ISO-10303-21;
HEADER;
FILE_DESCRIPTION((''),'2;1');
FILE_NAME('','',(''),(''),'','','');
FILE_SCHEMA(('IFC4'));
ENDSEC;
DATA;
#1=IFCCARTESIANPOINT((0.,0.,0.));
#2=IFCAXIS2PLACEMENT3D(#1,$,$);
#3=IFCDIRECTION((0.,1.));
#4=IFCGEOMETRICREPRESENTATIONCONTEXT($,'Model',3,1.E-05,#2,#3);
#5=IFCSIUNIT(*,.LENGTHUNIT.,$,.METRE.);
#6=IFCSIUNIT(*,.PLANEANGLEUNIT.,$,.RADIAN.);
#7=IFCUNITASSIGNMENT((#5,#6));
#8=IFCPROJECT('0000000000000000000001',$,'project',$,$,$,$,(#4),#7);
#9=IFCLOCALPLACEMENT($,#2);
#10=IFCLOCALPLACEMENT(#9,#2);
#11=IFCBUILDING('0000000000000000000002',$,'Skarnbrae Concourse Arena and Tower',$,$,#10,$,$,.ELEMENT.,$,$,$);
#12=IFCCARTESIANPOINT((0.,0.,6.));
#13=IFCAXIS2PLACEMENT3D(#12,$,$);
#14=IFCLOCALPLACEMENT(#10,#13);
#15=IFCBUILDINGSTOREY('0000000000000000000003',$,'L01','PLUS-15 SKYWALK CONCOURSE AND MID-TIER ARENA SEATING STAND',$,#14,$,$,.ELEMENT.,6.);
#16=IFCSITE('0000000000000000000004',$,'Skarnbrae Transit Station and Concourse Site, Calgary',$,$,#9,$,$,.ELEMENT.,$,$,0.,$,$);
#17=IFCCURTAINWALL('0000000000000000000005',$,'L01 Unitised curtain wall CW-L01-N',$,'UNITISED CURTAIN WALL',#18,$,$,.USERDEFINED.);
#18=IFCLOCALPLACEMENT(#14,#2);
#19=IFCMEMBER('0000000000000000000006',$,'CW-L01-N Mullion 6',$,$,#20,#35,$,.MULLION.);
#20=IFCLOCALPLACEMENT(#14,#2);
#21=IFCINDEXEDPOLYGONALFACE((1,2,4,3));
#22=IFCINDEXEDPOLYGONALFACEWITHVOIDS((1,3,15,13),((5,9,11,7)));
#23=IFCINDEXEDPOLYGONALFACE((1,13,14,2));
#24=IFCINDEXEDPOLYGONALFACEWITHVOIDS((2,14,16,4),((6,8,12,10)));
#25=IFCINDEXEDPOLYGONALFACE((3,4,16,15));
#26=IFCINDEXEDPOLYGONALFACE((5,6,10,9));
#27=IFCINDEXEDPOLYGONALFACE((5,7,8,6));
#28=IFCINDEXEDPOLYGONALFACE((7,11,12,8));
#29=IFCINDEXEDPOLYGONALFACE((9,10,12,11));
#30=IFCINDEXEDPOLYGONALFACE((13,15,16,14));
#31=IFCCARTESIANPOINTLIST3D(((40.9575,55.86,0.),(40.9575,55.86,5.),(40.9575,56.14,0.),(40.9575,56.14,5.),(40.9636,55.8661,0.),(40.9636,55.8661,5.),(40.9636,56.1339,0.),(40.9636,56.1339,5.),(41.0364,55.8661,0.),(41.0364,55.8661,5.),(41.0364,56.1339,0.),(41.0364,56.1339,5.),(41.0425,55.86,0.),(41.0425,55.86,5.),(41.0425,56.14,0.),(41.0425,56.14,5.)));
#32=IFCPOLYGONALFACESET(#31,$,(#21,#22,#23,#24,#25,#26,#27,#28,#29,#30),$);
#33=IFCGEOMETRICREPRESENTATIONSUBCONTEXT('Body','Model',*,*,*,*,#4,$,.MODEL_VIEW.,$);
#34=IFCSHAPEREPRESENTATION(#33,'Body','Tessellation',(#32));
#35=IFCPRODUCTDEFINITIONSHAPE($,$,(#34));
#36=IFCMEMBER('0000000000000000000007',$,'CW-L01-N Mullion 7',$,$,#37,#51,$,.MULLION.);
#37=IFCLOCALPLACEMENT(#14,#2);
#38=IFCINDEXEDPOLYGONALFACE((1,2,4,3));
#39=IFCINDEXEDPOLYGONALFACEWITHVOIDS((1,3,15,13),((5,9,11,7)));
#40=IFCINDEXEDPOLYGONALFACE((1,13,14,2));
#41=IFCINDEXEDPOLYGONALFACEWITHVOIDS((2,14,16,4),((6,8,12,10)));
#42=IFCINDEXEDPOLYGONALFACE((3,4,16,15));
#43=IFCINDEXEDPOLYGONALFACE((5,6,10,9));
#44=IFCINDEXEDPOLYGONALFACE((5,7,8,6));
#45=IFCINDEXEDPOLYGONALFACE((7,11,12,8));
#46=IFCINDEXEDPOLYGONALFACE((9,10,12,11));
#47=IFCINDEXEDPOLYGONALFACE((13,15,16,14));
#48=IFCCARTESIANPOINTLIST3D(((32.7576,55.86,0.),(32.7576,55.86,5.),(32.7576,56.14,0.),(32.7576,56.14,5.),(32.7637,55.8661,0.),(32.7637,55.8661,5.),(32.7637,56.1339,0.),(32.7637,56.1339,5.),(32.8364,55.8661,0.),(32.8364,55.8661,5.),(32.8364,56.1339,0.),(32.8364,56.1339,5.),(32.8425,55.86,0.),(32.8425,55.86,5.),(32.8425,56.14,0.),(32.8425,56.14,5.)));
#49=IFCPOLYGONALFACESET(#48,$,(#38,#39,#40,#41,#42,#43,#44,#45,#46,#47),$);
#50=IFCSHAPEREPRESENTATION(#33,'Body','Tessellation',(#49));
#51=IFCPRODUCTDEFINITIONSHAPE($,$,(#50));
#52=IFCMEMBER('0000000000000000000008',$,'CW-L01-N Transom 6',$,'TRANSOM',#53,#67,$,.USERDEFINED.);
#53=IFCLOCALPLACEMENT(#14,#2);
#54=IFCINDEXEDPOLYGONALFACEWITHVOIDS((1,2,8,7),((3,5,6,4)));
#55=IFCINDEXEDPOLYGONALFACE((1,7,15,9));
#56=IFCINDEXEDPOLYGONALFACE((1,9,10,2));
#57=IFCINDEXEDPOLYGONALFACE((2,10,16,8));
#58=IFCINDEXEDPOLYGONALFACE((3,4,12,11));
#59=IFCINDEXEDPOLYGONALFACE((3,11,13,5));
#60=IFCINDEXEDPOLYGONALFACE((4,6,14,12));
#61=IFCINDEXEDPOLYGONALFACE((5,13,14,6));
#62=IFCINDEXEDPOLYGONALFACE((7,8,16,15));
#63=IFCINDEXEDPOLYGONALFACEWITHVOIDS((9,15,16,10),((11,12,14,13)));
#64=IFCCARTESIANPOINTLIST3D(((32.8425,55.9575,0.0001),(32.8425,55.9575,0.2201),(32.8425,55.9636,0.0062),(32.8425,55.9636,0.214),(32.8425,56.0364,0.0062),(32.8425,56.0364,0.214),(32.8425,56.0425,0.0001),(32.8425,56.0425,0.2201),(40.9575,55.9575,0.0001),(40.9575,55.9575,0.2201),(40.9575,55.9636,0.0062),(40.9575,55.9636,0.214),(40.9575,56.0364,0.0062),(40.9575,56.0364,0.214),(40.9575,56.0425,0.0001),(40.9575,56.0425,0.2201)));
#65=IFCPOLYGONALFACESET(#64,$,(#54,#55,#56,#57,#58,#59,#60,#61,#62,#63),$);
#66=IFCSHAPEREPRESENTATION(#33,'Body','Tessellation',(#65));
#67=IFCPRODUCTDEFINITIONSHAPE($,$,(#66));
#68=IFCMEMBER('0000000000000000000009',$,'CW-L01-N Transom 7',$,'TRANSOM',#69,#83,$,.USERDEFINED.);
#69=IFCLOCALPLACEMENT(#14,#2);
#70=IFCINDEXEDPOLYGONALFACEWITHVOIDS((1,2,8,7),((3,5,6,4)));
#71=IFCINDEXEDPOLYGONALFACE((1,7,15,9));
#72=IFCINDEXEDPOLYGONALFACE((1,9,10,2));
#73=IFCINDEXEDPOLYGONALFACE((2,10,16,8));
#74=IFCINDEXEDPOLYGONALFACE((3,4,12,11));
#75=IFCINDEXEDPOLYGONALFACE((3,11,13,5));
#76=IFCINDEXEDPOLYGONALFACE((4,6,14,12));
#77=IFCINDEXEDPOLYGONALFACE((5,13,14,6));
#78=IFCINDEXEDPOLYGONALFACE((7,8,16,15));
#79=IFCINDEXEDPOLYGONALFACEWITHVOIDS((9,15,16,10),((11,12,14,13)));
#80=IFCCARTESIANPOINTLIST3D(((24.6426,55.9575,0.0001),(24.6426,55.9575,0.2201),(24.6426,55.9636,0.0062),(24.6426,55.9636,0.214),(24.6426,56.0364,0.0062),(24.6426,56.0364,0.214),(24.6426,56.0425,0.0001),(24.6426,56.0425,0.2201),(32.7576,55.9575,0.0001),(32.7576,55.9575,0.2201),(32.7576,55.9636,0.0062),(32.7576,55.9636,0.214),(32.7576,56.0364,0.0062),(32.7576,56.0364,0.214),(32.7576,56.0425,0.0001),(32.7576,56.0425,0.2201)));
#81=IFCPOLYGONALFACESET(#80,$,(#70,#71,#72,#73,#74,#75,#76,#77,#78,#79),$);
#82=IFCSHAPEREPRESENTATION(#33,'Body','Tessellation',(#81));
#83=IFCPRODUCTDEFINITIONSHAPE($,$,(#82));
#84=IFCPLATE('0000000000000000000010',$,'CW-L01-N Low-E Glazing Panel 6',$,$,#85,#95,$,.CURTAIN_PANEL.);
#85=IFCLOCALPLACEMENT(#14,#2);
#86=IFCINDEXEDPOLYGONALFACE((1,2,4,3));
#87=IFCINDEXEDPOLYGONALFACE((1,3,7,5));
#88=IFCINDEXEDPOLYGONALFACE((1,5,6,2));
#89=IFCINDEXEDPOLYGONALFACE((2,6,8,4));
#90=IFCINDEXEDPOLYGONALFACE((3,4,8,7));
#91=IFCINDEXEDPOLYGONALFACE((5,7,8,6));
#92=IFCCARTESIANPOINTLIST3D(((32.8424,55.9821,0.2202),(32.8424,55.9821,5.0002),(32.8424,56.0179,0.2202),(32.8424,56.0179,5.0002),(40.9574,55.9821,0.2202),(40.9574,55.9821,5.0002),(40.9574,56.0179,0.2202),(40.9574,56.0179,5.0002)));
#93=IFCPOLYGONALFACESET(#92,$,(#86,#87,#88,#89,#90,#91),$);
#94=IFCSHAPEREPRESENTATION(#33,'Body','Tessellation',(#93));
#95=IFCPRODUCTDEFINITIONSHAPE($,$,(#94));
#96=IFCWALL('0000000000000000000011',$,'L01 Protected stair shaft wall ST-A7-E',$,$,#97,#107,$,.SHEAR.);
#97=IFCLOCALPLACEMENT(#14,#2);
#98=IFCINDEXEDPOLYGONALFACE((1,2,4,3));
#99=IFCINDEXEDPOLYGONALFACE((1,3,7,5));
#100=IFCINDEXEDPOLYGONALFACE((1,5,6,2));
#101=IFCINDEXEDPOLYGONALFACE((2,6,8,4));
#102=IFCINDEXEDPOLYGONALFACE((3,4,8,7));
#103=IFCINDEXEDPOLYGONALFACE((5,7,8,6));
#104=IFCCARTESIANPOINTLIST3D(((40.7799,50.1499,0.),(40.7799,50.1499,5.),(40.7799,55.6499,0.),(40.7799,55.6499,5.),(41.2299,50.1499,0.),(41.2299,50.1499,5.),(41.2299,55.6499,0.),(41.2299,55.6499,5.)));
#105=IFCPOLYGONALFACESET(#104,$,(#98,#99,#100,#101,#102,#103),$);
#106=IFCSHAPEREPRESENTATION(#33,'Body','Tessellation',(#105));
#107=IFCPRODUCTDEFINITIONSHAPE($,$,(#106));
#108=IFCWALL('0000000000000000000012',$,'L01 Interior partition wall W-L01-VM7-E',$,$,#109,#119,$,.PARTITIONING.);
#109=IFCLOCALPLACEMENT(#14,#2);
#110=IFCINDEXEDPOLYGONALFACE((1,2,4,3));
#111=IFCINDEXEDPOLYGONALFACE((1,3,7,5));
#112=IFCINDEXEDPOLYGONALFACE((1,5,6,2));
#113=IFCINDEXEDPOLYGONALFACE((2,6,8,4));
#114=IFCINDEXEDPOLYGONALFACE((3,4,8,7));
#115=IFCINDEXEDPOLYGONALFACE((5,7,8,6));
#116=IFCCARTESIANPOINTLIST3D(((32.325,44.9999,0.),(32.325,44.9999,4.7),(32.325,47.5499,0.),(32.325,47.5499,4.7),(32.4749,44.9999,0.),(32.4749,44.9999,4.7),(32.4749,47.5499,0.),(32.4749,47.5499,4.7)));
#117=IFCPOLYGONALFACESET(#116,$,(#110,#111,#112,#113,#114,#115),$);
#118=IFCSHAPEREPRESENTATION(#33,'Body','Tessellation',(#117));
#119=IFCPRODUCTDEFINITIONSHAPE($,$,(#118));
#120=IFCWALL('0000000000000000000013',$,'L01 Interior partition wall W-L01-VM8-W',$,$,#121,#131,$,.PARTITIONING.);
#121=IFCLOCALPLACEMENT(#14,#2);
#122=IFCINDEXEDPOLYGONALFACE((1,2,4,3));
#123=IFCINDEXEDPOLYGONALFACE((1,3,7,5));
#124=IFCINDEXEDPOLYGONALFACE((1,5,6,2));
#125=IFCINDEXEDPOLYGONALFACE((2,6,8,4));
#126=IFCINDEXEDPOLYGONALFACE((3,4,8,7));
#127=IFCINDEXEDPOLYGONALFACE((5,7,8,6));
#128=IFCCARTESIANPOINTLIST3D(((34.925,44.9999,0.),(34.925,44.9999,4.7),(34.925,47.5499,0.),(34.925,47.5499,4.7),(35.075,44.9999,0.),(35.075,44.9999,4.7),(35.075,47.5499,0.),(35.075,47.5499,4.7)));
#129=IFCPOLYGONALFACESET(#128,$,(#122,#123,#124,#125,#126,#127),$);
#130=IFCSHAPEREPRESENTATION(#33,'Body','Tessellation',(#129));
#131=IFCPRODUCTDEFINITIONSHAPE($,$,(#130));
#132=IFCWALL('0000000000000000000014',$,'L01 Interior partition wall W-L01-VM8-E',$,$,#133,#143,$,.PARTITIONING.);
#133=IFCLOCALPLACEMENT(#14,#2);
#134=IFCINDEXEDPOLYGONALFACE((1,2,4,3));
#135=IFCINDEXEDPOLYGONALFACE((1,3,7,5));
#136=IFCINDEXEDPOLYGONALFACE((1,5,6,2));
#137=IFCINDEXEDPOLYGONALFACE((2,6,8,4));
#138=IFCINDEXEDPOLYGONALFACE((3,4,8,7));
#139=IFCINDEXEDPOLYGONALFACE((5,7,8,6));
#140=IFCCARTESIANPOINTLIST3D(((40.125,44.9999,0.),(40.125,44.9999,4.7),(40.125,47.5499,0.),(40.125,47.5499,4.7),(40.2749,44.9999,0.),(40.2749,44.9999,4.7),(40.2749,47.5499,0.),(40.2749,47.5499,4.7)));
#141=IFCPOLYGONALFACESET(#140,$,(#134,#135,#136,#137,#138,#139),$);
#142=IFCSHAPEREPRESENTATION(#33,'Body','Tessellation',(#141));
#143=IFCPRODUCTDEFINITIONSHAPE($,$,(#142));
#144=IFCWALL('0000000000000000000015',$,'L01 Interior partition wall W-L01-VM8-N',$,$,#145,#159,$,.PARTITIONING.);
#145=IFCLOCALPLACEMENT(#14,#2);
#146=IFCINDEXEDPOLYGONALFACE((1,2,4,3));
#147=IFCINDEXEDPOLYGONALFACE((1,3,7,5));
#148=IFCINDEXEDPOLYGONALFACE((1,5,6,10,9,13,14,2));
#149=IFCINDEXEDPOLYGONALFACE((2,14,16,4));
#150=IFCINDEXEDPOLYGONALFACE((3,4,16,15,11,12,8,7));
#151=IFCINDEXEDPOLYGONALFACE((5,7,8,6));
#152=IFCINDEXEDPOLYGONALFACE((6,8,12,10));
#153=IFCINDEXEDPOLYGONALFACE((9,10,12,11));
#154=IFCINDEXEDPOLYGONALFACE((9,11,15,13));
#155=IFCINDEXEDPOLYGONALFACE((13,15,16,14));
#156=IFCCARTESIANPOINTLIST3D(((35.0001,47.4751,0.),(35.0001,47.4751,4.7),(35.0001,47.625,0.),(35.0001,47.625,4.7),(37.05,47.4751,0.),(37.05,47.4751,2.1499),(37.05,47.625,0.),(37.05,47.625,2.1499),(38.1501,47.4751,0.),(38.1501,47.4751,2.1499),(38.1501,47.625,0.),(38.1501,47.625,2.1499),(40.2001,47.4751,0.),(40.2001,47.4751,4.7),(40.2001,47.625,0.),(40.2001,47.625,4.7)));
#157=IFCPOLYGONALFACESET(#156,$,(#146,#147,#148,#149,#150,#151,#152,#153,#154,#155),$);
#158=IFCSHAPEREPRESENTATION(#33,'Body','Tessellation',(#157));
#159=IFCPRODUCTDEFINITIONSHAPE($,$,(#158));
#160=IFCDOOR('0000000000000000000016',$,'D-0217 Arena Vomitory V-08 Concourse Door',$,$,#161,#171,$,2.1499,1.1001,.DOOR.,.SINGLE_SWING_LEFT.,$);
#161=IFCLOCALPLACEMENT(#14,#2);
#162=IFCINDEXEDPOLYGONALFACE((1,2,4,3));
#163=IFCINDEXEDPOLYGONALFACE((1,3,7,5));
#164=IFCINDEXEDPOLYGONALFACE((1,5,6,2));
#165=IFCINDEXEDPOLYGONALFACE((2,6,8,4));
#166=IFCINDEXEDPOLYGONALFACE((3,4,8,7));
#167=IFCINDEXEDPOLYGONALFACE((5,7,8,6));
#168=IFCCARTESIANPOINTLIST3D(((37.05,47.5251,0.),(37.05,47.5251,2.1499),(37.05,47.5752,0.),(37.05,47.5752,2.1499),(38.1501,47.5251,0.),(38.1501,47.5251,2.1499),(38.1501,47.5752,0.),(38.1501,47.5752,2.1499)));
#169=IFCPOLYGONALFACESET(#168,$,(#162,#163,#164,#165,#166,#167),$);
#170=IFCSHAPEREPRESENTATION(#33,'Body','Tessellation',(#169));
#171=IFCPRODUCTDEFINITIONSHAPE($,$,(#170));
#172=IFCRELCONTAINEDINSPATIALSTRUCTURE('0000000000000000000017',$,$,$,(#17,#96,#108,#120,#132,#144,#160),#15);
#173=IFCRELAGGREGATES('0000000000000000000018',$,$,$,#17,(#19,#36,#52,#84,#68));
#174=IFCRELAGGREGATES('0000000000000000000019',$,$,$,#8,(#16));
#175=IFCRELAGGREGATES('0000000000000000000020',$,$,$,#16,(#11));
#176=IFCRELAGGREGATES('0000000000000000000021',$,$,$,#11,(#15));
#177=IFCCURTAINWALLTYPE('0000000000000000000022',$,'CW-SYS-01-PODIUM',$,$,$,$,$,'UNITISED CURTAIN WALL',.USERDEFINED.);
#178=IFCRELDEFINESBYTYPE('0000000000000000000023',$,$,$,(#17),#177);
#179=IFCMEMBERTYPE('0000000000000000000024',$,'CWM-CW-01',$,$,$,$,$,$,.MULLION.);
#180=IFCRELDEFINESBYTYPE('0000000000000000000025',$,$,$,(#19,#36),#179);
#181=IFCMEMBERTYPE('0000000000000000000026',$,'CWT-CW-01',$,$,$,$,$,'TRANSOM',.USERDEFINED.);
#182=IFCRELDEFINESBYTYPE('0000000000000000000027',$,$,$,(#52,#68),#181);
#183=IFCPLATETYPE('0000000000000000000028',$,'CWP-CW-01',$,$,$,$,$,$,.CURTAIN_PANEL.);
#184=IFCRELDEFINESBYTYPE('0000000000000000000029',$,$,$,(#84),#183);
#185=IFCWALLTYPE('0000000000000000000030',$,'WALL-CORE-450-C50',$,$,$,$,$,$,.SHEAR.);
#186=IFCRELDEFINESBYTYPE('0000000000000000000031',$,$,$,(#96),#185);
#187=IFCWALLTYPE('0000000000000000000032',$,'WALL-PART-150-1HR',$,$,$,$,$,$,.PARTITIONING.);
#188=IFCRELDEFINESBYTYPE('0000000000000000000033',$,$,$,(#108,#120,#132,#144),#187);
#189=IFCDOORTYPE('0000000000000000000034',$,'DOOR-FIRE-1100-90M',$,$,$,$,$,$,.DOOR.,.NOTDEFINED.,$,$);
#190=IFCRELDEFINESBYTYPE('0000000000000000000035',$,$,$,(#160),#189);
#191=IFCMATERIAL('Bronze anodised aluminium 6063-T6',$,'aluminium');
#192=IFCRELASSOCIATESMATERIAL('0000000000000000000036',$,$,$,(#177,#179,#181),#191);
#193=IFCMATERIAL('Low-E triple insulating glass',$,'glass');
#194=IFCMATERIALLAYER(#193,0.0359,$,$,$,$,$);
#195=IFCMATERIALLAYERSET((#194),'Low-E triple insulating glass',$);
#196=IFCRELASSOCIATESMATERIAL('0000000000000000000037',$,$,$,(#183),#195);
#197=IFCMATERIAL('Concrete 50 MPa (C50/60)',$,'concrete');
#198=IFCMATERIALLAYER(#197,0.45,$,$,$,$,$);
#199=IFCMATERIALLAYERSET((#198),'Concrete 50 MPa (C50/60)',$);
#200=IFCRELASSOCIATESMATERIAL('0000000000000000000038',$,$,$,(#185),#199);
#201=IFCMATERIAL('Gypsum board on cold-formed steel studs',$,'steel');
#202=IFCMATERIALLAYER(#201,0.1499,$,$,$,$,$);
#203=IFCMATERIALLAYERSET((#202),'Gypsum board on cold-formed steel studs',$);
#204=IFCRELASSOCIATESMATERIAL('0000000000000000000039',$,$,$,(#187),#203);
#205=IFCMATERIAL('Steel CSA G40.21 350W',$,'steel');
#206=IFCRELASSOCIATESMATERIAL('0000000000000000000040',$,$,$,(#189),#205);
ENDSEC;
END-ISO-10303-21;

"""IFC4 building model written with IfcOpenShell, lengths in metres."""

from ifc_helpers import new_model, si_unit, direction, frame, frame_2d, origin, origin_2d, place, context, subcontext, project, spatial, rectangle, hollow_rectangle, extrude, source, transform, mapped, material, layer, layer_set, material_profile, profile_set, type_object, element, fill, aggregate, save


model = new_model("IFC4")

# Units and contexts
model_context = context("Model", 3, precision=1e-05, world=origin(), true_north=direction((0.0, 1.0)))
body_context = subcontext(model_context, "Body", "Model", "MODEL_VIEW")
ifc_project = project(units=[si_unit("LENGTHUNIT", "METRE"), si_unit("PLANEANGLEUNIT", "RADIAN")], contexts=[model_context])

# Site, building, storey
site_placement = place(None, origin())
site = spatial("IfcSite", under=ifc_project, at=site_placement, Name="Skarnbrae Transit Station and Concourse Site, Calgary", CompositionType="ELEMENT", RefElevation=0.0)
building_placement = place(site_placement, origin())
building = spatial("IfcBuilding", under=site, at=building_placement, Name="Skarnbrae Concourse Arena and Tower", CompositionType="ELEMENT")
storey_placement = place(building_placement, frame((0.0, 0.0, 6.0)))
storey = spatial("IfcBuildingStorey", under=building, at=storey_placement, Name="L01", Description="PLUS-15 SKYWALK CONCOURSE AND MID-TIER ARENA SEATING STAND", CompositionType="ELEMENT", Elevation=6.0)

# Shared definitions
ifc_material_1 = material(Name="Steel CSA G40.21 350W", Category="steel")

# Curtain wall, members, plate
ifc_material_2 = material(Name="Bronze anodised aluminium 6063-T6", Category="aluminium")
curtain_wall_type = type_object("IfcCurtainWallType", Name="CW-SYS-01-PODIUM", ElementType="UNITISED CURTAIN WALL", PredefinedType="USERDEFINED", material=ifc_material_2)
curtain_wall_placement = place(storey_placement, origin())
curtain_wall = element("IfcCurtainWall", 1, at=curtain_wall_placement, inside=storey, type_object=curtain_wall_type, Name="L01 Unitised curtain wall CW-L01-N", ObjectType="UNITISED CURTAIN WALL", PredefinedType="USERDEFINED")
ifc_material_profile_1 = material_profile(ifc_material_2, hollow_rectangle(XDim=0.085, YDim=0.28, WallThickness=0.0061, at=origin_2d()), Name="ALU-MULL-85X280")
ifc_profile_set_1 = profile_set([ifc_material_profile_1], Name="Bronze anodised aluminium 6063-T6")
member_type_1 = type_object("IfcMemberType", Name="CWM-CW-01", PredefinedType="MULLION", material=ifc_profile_set_1)
shared_shape_1 = source(origin(), body_context, "Body", "SweptSolid", [
    extrude(hollow_rectangle(XDim=0.085, YDim=0.28, WallThickness=0.0061, at=origin_2d()), origin(), (0.0, 0.0, 1.0), 5.0),
])
member_1_placement = place(storey_placement, frame((41.0, 56.0, 0.0), z_axis=(0.0, 0.0, 1.0), x_axis=(-1.0, 0.0, 0.0)))
member_1 = element("IfcMember", 2, at=member_1_placement, type_object=member_type_1, Name="CW-L01-N Mullion 6", PredefinedType="MULLION", context=body_context, shape_type="MappedRepresentation", body=[
    mapped(shared_shape_1, transform((0.0, 0.0, 0.0))),
])
member_2_placement = place(storey_placement, frame((32.8, 56.0, 0.0), z_axis=(0.0, 0.0, 1.0), x_axis=(-1.0, 0.0, 0.0)))
member_2 = element("IfcMember", 3, at=member_2_placement, type_object=member_type_1, Name="CW-L01-N Mullion 7", PredefinedType="MULLION", context=body_context, shape_type="MappedRepresentation", body=[
    mapped(shared_shape_1, transform((0.0, 0.0, 0.0))),
])
ifc_material_profile_2 = material_profile(ifc_material_2, hollow_rectangle(XDim=0.085, YDim=0.22, WallThickness=0.0061, at=origin_2d()), Name="ALU-TRAN-85X220")
ifc_profile_set_2 = profile_set([ifc_material_profile_2], Name="Bronze anodised aluminium 6063-T6")
member_type_2 = type_object("IfcMemberType", Name="CWT-CW-01", ElementType="TRANSOM", PredefinedType="USERDEFINED", material=ifc_profile_set_2)
shared_shape_2 = source(origin(), body_context, "Body", "SweptSolid", [
    extrude(hollow_rectangle(XDim=0.085, YDim=0.22, WallThickness=0.0061, at=origin_2d()), origin(), (0.0, 0.0, 1.0), 8.115),
])
member_3_placement = place(storey_placement, frame((40.9575, 56.0, 0.1101), z_axis=(-1.0, 0.0, 0.0), x_axis=(0.0, -1.0, 0.0)))
member_3 = element("IfcMember", 4, at=member_3_placement, type_object=member_type_2, Name="CW-L01-N Transom 6", ObjectType="TRANSOM", PredefinedType="USERDEFINED", context=body_context, shape_type="MappedRepresentation", body=[
    mapped(shared_shape_2, transform((0.0, 0.0, 0.0))),
])
member_4_placement = place(storey_placement, frame((32.7576, 56.0, 0.1101), z_axis=(-1.0, 0.0, 0.0), x_axis=(0.0, -1.0, 0.0)))
member_4 = element("IfcMember", 5, at=member_4_placement, type_object=member_type_2, Name="CW-L01-N Transom 7", ObjectType="TRANSOM", PredefinedType="USERDEFINED", context=body_context, shape_type="MappedRepresentation", body=[
    mapped(shared_shape_2, transform((0.0, 0.0, 0.0))),
])
ifc_material_3 = material(Name="Low-E triple insulating glass", Category="glass")
ifc_layer_1 = layer(ifc_material_3, 0.0359)
ifc_layer_set_1 = layer_set([ifc_layer_1], Name="Low-E triple insulating glass")
plate_type = type_object("IfcPlateType", Name="CWP-CW-01", PredefinedType="CURTAIN_PANEL", material=ifc_layer_set_1)
shared_shape_3 = source(origin(), body_context, "Body", "SweptSolid", [
    extrude(rectangle(XDim=8.115, YDim=0.0359, at=origin_2d()), origin(), (0.0, 0.0, 1.0), 4.78),
])
plate_placement = place(storey_placement, frame((36.8999, 56.0, 0.2202), z_axis=(0.0, 0.0, 1.0), x_axis=(-1.0, 0.0, 0.0)))
plate = element("IfcPlate", 6, at=plate_placement, type_object=plate_type, Name="CW-L01-N Low-E Glazing Panel 6", PredefinedType="CURTAIN_PANEL", context=body_context, shape_type="MappedRepresentation", body=[
    mapped(shared_shape_3, transform((0.0, 0.0, 0.0))),
])
aggregate(curtain_wall, [member_1, member_2, member_3, plate, member_4])

# Walls
ifc_material_4 = material(Name="Concrete 50 MPa (C50/60)", Category="concrete")
ifc_layer_2 = layer(ifc_material_4, 0.45)
ifc_layer_set_2 = layer_set([ifc_layer_2], Name="Concrete 50 MPa (C50/60)")
wall_type_1 = type_object("IfcWallType", Name="WALL-CORE-450-C50", PredefinedType="SHEAR", material=ifc_layer_set_2)
shared_shape_4 = source(origin(), body_context, "Body", "SweptSolid", [
    extrude(rectangle(XDim=5.5, YDim=0.45, at=frame_2d((2.75, 0.0))), origin(), (0.0, 0.0, 1.0), 5.0),
])
wall_1_placement = place(storey_placement, frame((41.0049, 50.1499, 0.0), z_axis=(0.0, 0.0, 1.0), x_axis=(0.0, 1.0, 0.0)))
element("IfcWall", 7, at=wall_1_placement, inside=storey, type_object=wall_type_1, Name="L01 Protected stair shaft wall ST-A7-E", PredefinedType="SHEAR", context=body_context, shape_type="MappedRepresentation", body=[
    mapped(shared_shape_4, transform((0.0, 0.0, 0.0))),
])
ifc_material_5 = material(Name="Gypsum board on cold-formed steel studs", Category="steel")
ifc_layer_3 = layer(ifc_material_5, 0.1499)
ifc_layer_set_3 = layer_set([ifc_layer_3], Name="Gypsum board on cold-formed steel studs")
wall_type_2 = type_object("IfcWallType", Name="WALL-PART-150-1HR", PredefinedType="PARTITIONING", material=ifc_layer_set_3)
shared_shape_5 = source(origin(), body_context, "Body", "SweptSolid", [
    extrude(rectangle(XDim=2.55, YDim=0.1499, at=frame_2d((1.2749, 0.0))), origin(), (0.0, 0.0, 1.0), 4.7),
])
for number, where, z_axis, x_axis, name in (
    (8, (32.3999, 45.0, 0.0), (0.0, 0.0, 1.0), (0.0, 1.0, 0.0), "L01 Interior partition wall W-L01-VM7-E"),
    (9, (35.0, 45.0, 0.0), (0.0, 0.0, 1.0), (0.0, 1.0, 0.0), "L01 Interior partition wall W-L01-VM8-W"),
    (10, (40.2, 45.0, 0.0), (0.0, 0.0, 1.0), (0.0, 1.0, 0.0), "L01 Interior partition wall W-L01-VM8-E"),
):
    element("IfcWall", number, at=place(storey_placement, frame(where, z_axis=z_axis, x_axis=x_axis)), inside=storey, type_object=wall_type_2, Name=name, PredefinedType="PARTITIONING", context=body_context, shape_type="MappedRepresentation", body=[
        mapped(shared_shape_5, transform((0.0, 0.0, 0.0))),
    ])

# Wall, opening, door
shared_shape_6 = source(origin(), body_context, "Body", "SweptSolid", [
    extrude(rectangle(XDim=5.2, YDim=0.1499, at=frame_2d((2.6001, 0.0))), origin(), (0.0, 0.0, 1.0), 4.7),
])
wall_2_placement = place(storey_placement, frame((35.0, 47.55, 0.0), z_axis=(0.0, 0.0, 1.0), x_axis=(1.0, 0.0, 0.0)))
wall_2 = element("IfcWall", 11, at=wall_2_placement, inside=storey, type_object=wall_type_2, Name="L01 Interior partition wall W-L01-VM8-N", PredefinedType="PARTITIONING", context=body_context, shape_type="MappedRepresentation", body=[
    mapped(shared_shape_6, transform((0.0, 0.0, 0.0))),
])
opening_placement = place(wall_2_placement, frame((2.05, 0.0, 0.0)))
opening = element("IfcOpeningElement", 12, at=opening_placement, cuts=wall_2, PredefinedType="OPENING", context=body_context, shape_type="SweptSolid", body=[
    extrude(rectangle(XDim=1.1001, YDim=2.1499, at=frame_2d((0.55, 1.075))), frame((0.0, 0.085, 0.0), z_axis=(0.0, -1.0, 0.0), x_axis=(1.0, 0.0, 0.0)), (0.0, 0.0, 1.0), 0.1699),
])
door_type = type_object("IfcDoorType", Name="DOOR-FIRE-1100-90M", OperationType="NOTDEFINED", PredefinedType="DOOR", material=ifc_material_1)
shared_shape_7 = source(origin(), body_context, "Body", "SweptSolid", [
    extrude(rectangle(XDim=1.1001, YDim=2.1499, at=frame_2d((0.55, 1.075))), frame((0.0, 0.0249, 0.0), z_axis=(0.0, -1.0, 0.0), x_axis=(1.0, 0.0, 0.0)), (0.0, 0.0, 1.0), 0.05),
])
door_placement = place(opening_placement, frame((1.1001, 0.0, 0.0), z_axis=(0.0, 0.0, 1.0), x_axis=(-1.0, 0.0, 0.0)))
door = element("IfcDoor", 13, at=door_placement, inside=storey, type_object=door_type, Name="D-0217 Arena Vomitory V-08 Concourse Door", OperationType="SINGLE_SWING_LEFT", OverallHeight=2.1499, OverallWidth=1.1001, PredefinedType="DOOR", context=body_context, shape_type="MappedRepresentation", body=[
    mapped(shared_shape_7, transform((0.0, 0.0, 0.0))),
])
fill(opening, door)

save(model, "model.ifc")
